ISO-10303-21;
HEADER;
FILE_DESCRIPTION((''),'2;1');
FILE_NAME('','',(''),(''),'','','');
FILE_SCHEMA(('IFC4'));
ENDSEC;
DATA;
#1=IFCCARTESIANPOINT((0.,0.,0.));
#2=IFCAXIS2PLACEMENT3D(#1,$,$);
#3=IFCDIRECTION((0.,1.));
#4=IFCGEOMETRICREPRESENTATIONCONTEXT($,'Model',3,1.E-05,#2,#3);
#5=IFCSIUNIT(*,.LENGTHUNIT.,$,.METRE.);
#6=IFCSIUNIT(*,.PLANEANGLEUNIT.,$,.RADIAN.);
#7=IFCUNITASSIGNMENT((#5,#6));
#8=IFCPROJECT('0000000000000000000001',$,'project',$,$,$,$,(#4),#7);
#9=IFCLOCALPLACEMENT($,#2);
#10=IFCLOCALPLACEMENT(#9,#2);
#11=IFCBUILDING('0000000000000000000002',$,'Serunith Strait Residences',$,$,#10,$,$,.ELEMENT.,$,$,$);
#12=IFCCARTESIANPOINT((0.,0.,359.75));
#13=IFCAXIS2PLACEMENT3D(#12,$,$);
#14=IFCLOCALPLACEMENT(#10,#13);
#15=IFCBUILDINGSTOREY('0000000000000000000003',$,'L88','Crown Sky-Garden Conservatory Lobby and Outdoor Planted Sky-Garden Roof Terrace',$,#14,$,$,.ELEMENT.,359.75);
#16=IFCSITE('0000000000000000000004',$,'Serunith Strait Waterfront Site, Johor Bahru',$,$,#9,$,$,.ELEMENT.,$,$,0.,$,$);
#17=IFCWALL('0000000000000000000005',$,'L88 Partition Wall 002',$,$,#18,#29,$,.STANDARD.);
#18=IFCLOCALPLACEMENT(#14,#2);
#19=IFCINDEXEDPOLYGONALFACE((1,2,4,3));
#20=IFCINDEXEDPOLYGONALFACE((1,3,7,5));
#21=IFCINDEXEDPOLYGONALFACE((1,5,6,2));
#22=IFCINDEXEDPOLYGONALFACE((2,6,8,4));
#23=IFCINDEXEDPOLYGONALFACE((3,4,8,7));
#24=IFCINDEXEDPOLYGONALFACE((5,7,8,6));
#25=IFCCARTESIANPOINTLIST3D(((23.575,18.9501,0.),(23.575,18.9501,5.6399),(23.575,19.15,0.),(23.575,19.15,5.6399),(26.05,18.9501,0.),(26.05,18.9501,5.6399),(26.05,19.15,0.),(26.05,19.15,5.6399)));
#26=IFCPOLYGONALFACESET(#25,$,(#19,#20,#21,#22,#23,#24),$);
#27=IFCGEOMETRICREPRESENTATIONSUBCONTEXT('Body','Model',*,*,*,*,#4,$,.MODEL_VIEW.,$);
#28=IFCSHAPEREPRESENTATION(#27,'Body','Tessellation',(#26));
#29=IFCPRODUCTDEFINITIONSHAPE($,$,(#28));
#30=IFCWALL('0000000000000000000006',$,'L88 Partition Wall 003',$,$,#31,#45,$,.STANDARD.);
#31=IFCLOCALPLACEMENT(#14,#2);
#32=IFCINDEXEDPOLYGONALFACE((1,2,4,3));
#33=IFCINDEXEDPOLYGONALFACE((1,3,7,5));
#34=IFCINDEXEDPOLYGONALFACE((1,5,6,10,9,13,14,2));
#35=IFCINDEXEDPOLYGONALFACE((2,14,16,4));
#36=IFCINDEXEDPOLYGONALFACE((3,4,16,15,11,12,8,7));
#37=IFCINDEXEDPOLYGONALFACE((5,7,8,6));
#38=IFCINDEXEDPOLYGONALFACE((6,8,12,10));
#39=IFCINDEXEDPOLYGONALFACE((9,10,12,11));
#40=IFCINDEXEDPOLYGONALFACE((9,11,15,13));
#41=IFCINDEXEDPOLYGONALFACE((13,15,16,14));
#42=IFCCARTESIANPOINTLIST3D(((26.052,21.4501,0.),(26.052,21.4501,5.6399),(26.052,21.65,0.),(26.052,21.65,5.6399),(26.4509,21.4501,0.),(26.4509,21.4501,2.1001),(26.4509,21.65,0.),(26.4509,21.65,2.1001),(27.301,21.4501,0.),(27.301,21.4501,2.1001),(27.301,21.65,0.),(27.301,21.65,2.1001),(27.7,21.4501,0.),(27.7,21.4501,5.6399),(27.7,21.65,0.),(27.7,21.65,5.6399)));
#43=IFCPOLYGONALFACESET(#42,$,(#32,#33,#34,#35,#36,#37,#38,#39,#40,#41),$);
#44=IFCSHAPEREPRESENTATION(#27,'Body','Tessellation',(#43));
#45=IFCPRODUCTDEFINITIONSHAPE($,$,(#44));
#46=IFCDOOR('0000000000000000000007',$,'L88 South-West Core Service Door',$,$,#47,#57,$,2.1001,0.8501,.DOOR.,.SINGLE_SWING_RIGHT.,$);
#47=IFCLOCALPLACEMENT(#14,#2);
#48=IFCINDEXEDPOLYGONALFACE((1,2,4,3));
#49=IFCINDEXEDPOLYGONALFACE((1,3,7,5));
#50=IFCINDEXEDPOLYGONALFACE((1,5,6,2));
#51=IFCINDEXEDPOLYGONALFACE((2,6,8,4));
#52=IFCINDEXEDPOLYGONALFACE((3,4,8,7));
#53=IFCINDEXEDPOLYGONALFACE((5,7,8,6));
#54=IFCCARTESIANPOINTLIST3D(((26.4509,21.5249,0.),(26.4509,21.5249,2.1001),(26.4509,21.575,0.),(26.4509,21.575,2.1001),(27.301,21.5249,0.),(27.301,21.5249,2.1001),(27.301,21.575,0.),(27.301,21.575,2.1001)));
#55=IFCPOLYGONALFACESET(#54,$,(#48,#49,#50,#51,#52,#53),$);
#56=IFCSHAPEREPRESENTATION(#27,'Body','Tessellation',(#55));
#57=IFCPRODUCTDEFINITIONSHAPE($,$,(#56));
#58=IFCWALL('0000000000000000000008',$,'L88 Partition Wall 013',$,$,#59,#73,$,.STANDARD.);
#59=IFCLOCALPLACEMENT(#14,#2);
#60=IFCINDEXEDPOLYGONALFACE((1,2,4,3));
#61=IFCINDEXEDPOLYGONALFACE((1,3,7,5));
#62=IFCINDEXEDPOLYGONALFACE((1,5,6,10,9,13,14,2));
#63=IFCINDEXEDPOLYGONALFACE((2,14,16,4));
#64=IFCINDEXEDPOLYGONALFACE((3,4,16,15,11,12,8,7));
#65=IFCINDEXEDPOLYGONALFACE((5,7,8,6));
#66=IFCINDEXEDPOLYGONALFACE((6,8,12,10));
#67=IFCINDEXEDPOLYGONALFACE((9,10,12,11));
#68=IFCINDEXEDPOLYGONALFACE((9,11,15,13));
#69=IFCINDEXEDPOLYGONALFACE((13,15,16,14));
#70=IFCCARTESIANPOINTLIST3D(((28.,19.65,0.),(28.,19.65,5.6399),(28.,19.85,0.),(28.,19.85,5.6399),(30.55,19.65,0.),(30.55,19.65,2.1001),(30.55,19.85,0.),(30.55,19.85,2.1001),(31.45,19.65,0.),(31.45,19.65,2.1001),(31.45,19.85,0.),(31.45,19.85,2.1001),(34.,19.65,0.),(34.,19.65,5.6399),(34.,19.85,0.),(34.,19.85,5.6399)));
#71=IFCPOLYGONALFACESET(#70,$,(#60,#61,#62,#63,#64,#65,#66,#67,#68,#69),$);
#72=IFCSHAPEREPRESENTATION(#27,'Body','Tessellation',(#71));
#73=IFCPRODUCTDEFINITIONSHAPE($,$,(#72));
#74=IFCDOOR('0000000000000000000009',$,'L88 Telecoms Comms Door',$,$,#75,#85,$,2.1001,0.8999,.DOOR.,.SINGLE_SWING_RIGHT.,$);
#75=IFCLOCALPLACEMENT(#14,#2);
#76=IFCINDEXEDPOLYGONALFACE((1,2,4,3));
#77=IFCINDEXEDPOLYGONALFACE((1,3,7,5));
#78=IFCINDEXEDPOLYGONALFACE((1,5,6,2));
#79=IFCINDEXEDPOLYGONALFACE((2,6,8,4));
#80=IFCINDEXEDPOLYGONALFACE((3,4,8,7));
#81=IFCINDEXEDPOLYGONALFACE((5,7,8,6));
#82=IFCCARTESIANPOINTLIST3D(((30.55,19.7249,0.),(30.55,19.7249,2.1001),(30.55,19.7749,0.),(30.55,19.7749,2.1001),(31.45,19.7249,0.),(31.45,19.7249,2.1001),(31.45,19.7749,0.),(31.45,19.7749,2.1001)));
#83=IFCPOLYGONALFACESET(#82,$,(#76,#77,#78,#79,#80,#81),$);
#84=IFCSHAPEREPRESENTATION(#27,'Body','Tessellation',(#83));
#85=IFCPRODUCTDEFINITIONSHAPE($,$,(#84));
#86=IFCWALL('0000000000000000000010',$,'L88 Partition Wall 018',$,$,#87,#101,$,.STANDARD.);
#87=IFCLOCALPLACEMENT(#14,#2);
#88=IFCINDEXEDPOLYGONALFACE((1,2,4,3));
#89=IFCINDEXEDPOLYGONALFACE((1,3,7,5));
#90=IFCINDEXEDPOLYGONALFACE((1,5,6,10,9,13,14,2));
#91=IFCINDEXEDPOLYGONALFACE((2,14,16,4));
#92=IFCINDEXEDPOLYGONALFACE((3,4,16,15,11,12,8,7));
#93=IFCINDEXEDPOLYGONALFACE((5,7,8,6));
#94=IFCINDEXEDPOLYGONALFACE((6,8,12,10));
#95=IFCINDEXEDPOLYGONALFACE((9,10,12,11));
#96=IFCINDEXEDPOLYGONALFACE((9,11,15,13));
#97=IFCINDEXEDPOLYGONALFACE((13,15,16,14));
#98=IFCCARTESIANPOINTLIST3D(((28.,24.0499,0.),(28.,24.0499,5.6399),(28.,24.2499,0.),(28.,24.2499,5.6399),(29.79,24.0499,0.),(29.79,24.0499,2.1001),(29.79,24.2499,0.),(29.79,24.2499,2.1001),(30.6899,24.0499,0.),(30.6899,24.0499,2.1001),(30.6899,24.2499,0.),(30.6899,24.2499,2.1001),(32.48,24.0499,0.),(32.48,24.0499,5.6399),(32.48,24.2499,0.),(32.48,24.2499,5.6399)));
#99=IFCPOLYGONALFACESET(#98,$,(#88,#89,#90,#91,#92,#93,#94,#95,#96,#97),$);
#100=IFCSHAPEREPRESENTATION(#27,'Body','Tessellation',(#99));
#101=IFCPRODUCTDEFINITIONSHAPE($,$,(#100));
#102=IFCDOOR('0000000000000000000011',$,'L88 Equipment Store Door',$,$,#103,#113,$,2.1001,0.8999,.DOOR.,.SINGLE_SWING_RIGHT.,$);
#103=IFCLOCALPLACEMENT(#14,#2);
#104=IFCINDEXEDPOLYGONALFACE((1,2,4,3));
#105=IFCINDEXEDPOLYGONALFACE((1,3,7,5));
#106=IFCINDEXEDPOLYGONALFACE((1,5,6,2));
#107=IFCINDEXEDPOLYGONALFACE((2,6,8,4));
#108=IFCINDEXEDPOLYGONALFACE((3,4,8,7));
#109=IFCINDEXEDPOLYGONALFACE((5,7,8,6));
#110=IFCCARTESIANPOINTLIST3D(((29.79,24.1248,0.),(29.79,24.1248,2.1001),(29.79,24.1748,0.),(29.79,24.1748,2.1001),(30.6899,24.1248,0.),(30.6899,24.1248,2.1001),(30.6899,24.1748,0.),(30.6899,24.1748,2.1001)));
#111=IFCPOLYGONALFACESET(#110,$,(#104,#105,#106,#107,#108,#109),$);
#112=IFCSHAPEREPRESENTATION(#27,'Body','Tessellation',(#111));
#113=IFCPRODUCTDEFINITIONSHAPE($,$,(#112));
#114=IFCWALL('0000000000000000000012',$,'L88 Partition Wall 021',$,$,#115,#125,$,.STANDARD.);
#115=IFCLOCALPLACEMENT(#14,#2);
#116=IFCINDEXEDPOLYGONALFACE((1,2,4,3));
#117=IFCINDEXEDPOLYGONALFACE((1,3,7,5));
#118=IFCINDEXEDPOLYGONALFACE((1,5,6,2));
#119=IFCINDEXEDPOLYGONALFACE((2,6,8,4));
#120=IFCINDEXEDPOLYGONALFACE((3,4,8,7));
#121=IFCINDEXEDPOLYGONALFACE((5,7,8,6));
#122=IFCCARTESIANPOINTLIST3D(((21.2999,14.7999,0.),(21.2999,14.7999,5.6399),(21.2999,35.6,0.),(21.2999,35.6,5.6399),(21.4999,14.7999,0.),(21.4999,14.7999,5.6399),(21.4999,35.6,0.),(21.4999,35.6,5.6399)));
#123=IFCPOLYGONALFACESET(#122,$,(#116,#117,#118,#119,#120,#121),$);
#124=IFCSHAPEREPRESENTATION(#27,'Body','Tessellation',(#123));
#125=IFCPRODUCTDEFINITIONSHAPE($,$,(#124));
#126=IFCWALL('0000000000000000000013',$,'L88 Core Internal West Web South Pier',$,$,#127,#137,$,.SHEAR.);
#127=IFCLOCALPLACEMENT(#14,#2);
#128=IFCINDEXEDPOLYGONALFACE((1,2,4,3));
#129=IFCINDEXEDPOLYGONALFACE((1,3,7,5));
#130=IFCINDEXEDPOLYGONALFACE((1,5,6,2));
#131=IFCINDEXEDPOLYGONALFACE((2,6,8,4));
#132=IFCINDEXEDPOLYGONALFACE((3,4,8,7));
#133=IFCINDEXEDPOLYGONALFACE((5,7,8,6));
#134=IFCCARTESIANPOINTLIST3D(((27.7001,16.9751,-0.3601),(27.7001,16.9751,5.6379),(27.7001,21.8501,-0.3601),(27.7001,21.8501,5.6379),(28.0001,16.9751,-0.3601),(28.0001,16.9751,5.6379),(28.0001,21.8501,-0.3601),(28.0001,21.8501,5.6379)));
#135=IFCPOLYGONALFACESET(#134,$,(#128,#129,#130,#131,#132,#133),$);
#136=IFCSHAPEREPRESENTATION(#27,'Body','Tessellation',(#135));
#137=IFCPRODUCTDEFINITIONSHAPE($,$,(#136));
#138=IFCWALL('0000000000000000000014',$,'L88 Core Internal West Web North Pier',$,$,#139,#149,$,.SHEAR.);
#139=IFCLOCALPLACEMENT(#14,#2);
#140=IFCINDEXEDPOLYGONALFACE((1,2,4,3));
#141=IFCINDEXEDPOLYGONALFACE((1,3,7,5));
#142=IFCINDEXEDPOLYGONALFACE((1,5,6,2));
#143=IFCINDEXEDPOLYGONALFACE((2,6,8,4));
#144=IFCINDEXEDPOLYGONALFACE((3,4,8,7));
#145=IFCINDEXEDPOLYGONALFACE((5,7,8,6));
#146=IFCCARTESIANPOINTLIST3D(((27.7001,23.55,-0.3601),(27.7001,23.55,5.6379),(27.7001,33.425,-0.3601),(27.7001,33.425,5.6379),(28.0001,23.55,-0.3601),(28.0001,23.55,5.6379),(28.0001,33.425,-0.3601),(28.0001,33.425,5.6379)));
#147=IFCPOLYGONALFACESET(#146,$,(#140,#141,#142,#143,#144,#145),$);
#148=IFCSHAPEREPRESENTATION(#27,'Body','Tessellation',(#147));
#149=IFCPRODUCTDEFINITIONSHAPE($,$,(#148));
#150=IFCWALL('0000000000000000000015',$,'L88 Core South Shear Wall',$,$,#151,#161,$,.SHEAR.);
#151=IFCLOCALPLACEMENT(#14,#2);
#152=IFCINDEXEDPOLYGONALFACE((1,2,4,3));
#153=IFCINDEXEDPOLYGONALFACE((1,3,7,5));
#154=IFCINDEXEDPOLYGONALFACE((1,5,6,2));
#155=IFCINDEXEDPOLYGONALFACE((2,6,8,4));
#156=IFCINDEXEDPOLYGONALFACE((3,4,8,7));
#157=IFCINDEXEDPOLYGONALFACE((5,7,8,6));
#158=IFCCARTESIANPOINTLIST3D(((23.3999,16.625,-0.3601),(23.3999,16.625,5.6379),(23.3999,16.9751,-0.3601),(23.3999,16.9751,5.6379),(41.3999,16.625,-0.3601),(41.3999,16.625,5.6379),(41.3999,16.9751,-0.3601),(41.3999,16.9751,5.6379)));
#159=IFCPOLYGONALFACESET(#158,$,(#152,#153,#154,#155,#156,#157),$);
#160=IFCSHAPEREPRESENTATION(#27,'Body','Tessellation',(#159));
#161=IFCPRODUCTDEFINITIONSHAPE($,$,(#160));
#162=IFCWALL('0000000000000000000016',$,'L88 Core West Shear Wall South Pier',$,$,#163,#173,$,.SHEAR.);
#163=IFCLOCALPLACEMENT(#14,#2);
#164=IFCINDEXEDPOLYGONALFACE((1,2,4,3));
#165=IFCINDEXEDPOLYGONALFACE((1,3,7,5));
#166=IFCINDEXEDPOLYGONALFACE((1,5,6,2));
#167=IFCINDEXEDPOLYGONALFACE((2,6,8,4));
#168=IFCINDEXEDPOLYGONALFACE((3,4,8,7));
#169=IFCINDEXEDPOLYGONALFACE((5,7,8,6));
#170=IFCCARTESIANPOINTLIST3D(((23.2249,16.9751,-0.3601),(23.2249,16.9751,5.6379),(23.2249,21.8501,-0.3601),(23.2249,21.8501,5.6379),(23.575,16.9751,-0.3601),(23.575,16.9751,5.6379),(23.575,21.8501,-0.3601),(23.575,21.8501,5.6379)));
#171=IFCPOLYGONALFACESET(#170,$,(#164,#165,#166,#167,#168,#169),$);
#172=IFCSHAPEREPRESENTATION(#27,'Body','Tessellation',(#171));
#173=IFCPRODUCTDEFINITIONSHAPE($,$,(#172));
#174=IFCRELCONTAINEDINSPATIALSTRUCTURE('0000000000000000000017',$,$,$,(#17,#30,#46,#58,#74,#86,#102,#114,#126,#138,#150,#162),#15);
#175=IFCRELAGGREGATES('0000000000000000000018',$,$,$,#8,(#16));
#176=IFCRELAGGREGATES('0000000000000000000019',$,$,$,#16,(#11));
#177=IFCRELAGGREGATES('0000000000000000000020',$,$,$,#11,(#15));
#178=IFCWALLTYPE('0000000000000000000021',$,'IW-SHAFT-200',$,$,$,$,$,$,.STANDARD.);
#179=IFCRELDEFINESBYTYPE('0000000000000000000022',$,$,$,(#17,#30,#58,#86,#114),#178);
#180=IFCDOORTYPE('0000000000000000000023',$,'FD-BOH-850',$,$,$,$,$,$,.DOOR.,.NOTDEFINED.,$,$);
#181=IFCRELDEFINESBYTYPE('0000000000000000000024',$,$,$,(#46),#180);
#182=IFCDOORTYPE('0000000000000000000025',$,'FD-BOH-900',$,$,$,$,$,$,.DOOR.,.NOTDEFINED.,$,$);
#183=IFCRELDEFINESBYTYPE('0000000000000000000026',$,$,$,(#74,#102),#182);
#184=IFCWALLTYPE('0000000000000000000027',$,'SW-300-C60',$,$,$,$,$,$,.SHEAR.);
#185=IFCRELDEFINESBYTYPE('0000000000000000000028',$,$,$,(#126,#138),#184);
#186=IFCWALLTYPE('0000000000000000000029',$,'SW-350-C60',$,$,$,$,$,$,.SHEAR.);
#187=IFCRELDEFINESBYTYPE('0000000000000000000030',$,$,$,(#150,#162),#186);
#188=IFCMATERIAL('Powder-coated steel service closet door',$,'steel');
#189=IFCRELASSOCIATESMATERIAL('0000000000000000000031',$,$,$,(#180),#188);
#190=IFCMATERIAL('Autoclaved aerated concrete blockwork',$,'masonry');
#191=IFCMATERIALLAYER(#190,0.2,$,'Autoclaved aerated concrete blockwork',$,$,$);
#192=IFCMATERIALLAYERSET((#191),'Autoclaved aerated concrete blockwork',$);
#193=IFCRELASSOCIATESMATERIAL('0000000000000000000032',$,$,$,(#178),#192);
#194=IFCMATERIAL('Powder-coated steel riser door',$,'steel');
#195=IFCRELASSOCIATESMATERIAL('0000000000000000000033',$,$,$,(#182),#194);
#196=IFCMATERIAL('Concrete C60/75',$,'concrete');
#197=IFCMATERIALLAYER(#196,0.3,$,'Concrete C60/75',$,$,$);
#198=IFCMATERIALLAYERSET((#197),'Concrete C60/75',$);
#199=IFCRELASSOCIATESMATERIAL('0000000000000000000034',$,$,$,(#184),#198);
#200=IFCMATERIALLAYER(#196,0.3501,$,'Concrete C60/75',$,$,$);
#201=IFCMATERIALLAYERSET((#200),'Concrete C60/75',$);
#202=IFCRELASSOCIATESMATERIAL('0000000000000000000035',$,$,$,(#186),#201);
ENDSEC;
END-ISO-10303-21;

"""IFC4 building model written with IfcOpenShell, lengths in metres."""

from ifc_helpers import new_model, si_unit, direction, frame, frame_2d, origin, place, context, subcontext, project, spatial, rectangle, extrude, source, transform, mapped, material, layer, layer_set, type_object, element, fill, save


model = new_model("IFC4")

# Units and contexts
model_context = context("Model", 3, precision=1e-05, world=origin(), true_north=direction((0.0, 1.0)))
body_context = subcontext(model_context, "Body", "Model", "MODEL_VIEW")
ifc_project = project(units=[si_unit("LENGTHUNIT", "METRE"), si_unit("PLANEANGLEUNIT", "RADIAN")], contexts=[model_context])

# Site, building, storey
site_placement = place(None, origin())
site = spatial("IfcSite", under=ifc_project, at=site_placement, Name="Serunith Strait Waterfront Site, Johor Bahru", CompositionType="ELEMENT", RefElevation=0.0)
building_placement = place(site_placement, origin())
building = spatial("IfcBuilding", under=site, at=building_placement, Name="Serunith Strait Residences", CompositionType="ELEMENT")
storey_placement = place(building_placement, frame((0.0, 0.0, 359.75)))
storey = spatial("IfcBuildingStorey", under=building, at=storey_placement, Name="L88", Description="Crown Sky-Garden Conservatory Lobby and Outdoor Planted Sky-Garden Roof Terrace", CompositionType="ELEMENT", Elevation=359.75)

# Shared definitions
ifc_material_1 = material(Name="Concrete C60/75", Category="concrete")

# Shared definitions
ifc_material_2 = material(Name="Powder-coated steel service closet door", Category="steel")
door_type_1 = type_object("IfcDoorType", Name="FD-BOH-850", OperationType="NOTDEFINED", PredefinedType="DOOR", material=ifc_material_2)
shared_shape_1 = source(origin(), body_context, "Body", "SweptSolid", [
    extrude(rectangle(XDim=0.8501, YDim=2.1001, at=frame_2d((0.425, 1.05))), frame((0.0, 0.0249, 0.0), z_axis=(0.0, -1.0, 0.0), x_axis=(1.0, 0.0, 0.0)), (0.0, 0.0, 1.0), 0.05),
])
ifc_material_3 = material(Name="Autoclaved aerated concrete blockwork", Category="masonry")
ifc_layer_1 = layer(ifc_material_3, 0.2, Name="Autoclaved aerated concrete blockwork")
ifc_layer_set_1 = layer_set([ifc_layer_1], Name="Autoclaved aerated concrete blockwork")
wall_type_1 = type_object("IfcWallType", Name="IW-SHAFT-200", PredefinedType="STANDARD", material=ifc_layer_set_1)

# Wall
wall_1_placement = place(storey_placement, frame((23.575, 19.05, 0.0), z_axis=(0.0, 0.0, 1.0), x_axis=(1.0, 0.0, 0.0)))
element("IfcWall", 1, at=wall_1_placement, inside=storey, type_object=wall_type_1, Name="L88 Partition Wall 002", PredefinedType="STANDARD", context=body_context, shape_type="SweptSolid", body=[
    extrude(rectangle(XDim=2.4751, YDim=0.2, at=frame_2d((1.2375, 0.0))), origin(), (0.0, 0.0, 1.0), 5.6399),
])

# Walls, openings, doors
wall_2_placement = place(storey_placement, frame((26.052, 21.55, 0.0), z_axis=(0.0, 0.0, 1.0), x_axis=(1.0, 0.0, 0.0)))
wall_2 = element("IfcWall", 2, at=wall_2_placement, inside=storey, type_object=wall_type_1, Name="L88 Partition Wall 003", PredefinedType="STANDARD", context=body_context, shape_type="SweptSolid", body=[
    extrude(rectangle(XDim=1.6479, YDim=0.2, at=frame_2d((0.824, 0.0))), origin(), (0.0, 0.0, 1.0), 5.6399),
])
opening_1_placement = place(wall_2_placement, frame((0.3989, 0.0, 0.0)))
opening_1 = element("IfcOpeningElement", 3, at=opening_1_placement, cuts=wall_2, PredefinedType="OPENING", context=body_context, shape_type="SweptSolid", body=[
    extrude(rectangle(XDim=0.8501, YDim=2.1001, at=frame_2d((0.425, 1.05))), frame((0.0, 0.1099, 0.0), z_axis=(0.0, -1.0, 0.0), x_axis=(1.0, 0.0, 0.0)), (0.0, 0.0, 1.0), 0.22),
])
door_1_placement = place(opening_1_placement, origin())
door_1 = element("IfcDoor", 4, at=door_1_placement, inside=storey, type_object=door_type_1, Name="L88 South-West Core Service Door", OperationType="SINGLE_SWING_RIGHT", OverallHeight=2.1001, OverallWidth=0.8501, PredefinedType="DOOR", context=body_context, shape_type="MappedRepresentation", body=[
    mapped(shared_shape_1, transform((0.0, 0.0, 0.0), scale=1.0)),
])
fill(opening_1, door_1)
wall_3_placement = place(storey_placement, frame((28.0, 19.75, 0.0), z_axis=(0.0, 0.0, 1.0), x_axis=(1.0, 0.0, 0.0)))
wall_3 = element("IfcWall", 5, at=wall_3_placement, inside=storey, type_object=wall_type_1, Name="L88 Partition Wall 013", PredefinedType="STANDARD", context=body_context, shape_type="SweptSolid", body=[
    extrude(rectangle(XDim=6.0, YDim=0.2, at=frame_2d((3.0, 0.0))), origin(), (0.0, 0.0, 1.0), 5.6399),
])
opening_2_placement = place(wall_3_placement, frame((2.55, 0.0, 0.0)))
opening_2 = element("IfcOpeningElement", 6, at=opening_2_placement, cuts=wall_3, PredefinedType="OPENING", context=body_context, shape_type="SweptSolid", body=[
    extrude(rectangle(XDim=0.8999, YDim=2.1001, at=frame_2d((0.45, 1.05))), frame((0.0, 0.1099, 0.0), z_axis=(0.0, -1.0, 0.0), x_axis=(1.0, 0.0, 0.0)), (0.0, 0.0, 1.0), 0.22),
])
ifc_material_4 = material(Name="Powder-coated steel riser door", Category="steel")
door_type_2 = type_object("IfcDoorType", Name="FD-BOH-900", OperationType="NOTDEFINED", PredefinedType="DOOR", material=ifc_material_4)
shared_shape_2 = source(origin(), body_context, "Body", "SweptSolid", [
    extrude(rectangle(XDim=0.8999, YDim=2.1001, at=frame_2d((0.45, 1.05))), frame((0.0, 0.0249, 0.0), z_axis=(0.0, -1.0, 0.0), x_axis=(1.0, 0.0, 0.0)), (0.0, 0.0, 1.0), 0.05),
])
door_2_placement = place(opening_2_placement, origin())
door_2 = element("IfcDoor", 7, at=door_2_placement, inside=storey, type_object=door_type_2, Name="L88 Telecoms Comms Door", OperationType="SINGLE_SWING_RIGHT", OverallHeight=2.1001, OverallWidth=0.8999, PredefinedType="DOOR", context=body_context, shape_type="MappedRepresentation", body=[
    mapped(shared_shape_2, transform((0.0, 0.0, 0.0), scale=1.0)),
])
fill(opening_2, door_2)
wall_4_placement = place(storey_placement, frame((28.0, 24.1499, 0.0), z_axis=(0.0, 0.0, 1.0), x_axis=(1.0, 0.0, 0.0)))
wall_4 = element("IfcWall", 8, at=wall_4_placement, inside=storey, type_object=wall_type_1, Name="L88 Partition Wall 018", PredefinedType="STANDARD", context=body_context, shape_type="SweptSolid", body=[
    extrude(rectangle(XDim=4.48, YDim=0.2, at=frame_2d((2.24, 0.0))), origin(), (0.0, 0.0, 1.0), 5.6399),
])
opening_3_placement = place(wall_4_placement, frame((1.79, 0.0, 0.0)))
opening_3 = element("IfcOpeningElement", 9, at=opening_3_placement, cuts=wall_4, PredefinedType="OPENING", context=body_context, shape_type="SweptSolid", body=[
    extrude(rectangle(XDim=0.8999, YDim=2.1001, at=frame_2d((0.45, 1.05))), frame((0.0, 0.1099, 0.0), z_axis=(0.0, -1.0, 0.0), x_axis=(1.0, 0.0, 0.0)), (0.0, 0.0, 1.0), 0.22),
])
door_3_placement = place(opening_3_placement, origin())
door_3 = element("IfcDoor", 10, at=door_3_placement, inside=storey, type_object=door_type_2, Name="L88 Equipment Store Door", OperationType="SINGLE_SWING_RIGHT", OverallHeight=2.1001, OverallWidth=0.8999, PredefinedType="DOOR", context=body_context, shape_type="MappedRepresentation", body=[
    mapped(shared_shape_2, transform((0.0, 0.0, 0.0), scale=1.0)),
])
fill(opening_3, door_3)

# Walls
wall_5_placement = place(storey_placement, frame((21.3999, 14.8, 0.0), z_axis=(0.0, 0.0, 1.0), x_axis=(0.0, 1.0, 0.0)))
element("IfcWall", 11, at=wall_5_placement, inside=storey, type_object=wall_type_1, Name="L88 Partition Wall 021", PredefinedType="STANDARD", context=body_context, shape_type="SweptSolid", body=[
    extrude(rectangle(XDim=20.8, YDim=0.2, at=frame_2d((10.3999, 0.0))), origin(), (0.0, 0.0, 1.0), 5.6399),
])
ifc_layer_2 = layer(ifc_material_1, 0.3, Name="Concrete C60/75")
ifc_layer_set_2 = layer_set([ifc_layer_2], Name="Concrete C60/75")
wall_type_2 = type_object("IfcWallType", Name="SW-300-C60", PredefinedType="SHEAR", material=ifc_layer_set_2)
wall_6_placement = place(storey_placement, frame((27.8501, 16.9751, -0.3601), z_axis=(0.0, 0.0, 1.0), x_axis=(0.0, 1.0, 0.0)))
element("IfcWall", 12, at=wall_6_placement, inside=storey, type_object=wall_type_2, Name="L88 Core Internal West Web South Pier", PredefinedType="SHEAR", context=body_context, shape_type="SweptSolid", body=[
    extrude(rectangle(XDim=4.875, YDim=0.3, at=frame_2d((2.4375, 0.0))), origin(), (0.0, 0.0, 1.0), 5.998),
])
wall_7_placement = place(storey_placement, frame((27.8501, 23.55, -0.3601), z_axis=(0.0, 0.0, 1.0), x_axis=(0.0, 1.0, 0.0)))
element("IfcWall", 13, at=wall_7_placement, inside=storey, type_object=wall_type_2, Name="L88 Core Internal West Web North Pier", PredefinedType="SHEAR", context=body_context, shape_type="SweptSolid", body=[
    extrude(rectangle(XDim=9.875, YDim=0.3, at=frame_2d((4.9375, 0.0))), origin(), (0.0, 0.0, 1.0), 5.998),
])
ifc_layer_3 = layer(ifc_material_1, 0.3501, Name="Concrete C60/75")
ifc_layer_set_3 = layer_set([ifc_layer_3], Name="Concrete C60/75")
wall_type_3 = type_object("IfcWallType", Name="SW-350-C60", PredefinedType="SHEAR", material=ifc_layer_set_3)
wall_8_placement = place(storey_placement, frame((23.3999, 16.8, -0.3601), z_axis=(0.0, 0.0, 1.0), x_axis=(1.0, 0.0, 0.0)))
element("IfcWall", 14, at=wall_8_placement, inside=storey, type_object=wall_type_3, Name="L88 Core South Shear Wall", PredefinedType="SHEAR", context=body_context, shape_type="SweptSolid", body=[
    extrude(rectangle(XDim=18.0, YDim=0.3501, at=frame_2d((9.0, 0.0))), origin(), (0.0, 0.0, 1.0), 5.998),
])
wall_9_placement = place(storey_placement, frame((23.3999, 16.9751, -0.3601), z_axis=(0.0, 0.0, 1.0), x_axis=(0.0, 1.0, 0.0)))
element("IfcWall", 15, at=wall_9_placement, inside=storey, type_object=wall_type_3, Name="L88 Core West Shear Wall South Pier", PredefinedType="SHEAR", context=body_context, shape_type="SweptSolid", body=[
    extrude(rectangle(XDim=4.875, YDim=0.3501, at=frame_2d((2.4375, 0.0))), origin(), (0.0, 0.0, 1.0), 5.998),
])

save(model, "model.ifc")
